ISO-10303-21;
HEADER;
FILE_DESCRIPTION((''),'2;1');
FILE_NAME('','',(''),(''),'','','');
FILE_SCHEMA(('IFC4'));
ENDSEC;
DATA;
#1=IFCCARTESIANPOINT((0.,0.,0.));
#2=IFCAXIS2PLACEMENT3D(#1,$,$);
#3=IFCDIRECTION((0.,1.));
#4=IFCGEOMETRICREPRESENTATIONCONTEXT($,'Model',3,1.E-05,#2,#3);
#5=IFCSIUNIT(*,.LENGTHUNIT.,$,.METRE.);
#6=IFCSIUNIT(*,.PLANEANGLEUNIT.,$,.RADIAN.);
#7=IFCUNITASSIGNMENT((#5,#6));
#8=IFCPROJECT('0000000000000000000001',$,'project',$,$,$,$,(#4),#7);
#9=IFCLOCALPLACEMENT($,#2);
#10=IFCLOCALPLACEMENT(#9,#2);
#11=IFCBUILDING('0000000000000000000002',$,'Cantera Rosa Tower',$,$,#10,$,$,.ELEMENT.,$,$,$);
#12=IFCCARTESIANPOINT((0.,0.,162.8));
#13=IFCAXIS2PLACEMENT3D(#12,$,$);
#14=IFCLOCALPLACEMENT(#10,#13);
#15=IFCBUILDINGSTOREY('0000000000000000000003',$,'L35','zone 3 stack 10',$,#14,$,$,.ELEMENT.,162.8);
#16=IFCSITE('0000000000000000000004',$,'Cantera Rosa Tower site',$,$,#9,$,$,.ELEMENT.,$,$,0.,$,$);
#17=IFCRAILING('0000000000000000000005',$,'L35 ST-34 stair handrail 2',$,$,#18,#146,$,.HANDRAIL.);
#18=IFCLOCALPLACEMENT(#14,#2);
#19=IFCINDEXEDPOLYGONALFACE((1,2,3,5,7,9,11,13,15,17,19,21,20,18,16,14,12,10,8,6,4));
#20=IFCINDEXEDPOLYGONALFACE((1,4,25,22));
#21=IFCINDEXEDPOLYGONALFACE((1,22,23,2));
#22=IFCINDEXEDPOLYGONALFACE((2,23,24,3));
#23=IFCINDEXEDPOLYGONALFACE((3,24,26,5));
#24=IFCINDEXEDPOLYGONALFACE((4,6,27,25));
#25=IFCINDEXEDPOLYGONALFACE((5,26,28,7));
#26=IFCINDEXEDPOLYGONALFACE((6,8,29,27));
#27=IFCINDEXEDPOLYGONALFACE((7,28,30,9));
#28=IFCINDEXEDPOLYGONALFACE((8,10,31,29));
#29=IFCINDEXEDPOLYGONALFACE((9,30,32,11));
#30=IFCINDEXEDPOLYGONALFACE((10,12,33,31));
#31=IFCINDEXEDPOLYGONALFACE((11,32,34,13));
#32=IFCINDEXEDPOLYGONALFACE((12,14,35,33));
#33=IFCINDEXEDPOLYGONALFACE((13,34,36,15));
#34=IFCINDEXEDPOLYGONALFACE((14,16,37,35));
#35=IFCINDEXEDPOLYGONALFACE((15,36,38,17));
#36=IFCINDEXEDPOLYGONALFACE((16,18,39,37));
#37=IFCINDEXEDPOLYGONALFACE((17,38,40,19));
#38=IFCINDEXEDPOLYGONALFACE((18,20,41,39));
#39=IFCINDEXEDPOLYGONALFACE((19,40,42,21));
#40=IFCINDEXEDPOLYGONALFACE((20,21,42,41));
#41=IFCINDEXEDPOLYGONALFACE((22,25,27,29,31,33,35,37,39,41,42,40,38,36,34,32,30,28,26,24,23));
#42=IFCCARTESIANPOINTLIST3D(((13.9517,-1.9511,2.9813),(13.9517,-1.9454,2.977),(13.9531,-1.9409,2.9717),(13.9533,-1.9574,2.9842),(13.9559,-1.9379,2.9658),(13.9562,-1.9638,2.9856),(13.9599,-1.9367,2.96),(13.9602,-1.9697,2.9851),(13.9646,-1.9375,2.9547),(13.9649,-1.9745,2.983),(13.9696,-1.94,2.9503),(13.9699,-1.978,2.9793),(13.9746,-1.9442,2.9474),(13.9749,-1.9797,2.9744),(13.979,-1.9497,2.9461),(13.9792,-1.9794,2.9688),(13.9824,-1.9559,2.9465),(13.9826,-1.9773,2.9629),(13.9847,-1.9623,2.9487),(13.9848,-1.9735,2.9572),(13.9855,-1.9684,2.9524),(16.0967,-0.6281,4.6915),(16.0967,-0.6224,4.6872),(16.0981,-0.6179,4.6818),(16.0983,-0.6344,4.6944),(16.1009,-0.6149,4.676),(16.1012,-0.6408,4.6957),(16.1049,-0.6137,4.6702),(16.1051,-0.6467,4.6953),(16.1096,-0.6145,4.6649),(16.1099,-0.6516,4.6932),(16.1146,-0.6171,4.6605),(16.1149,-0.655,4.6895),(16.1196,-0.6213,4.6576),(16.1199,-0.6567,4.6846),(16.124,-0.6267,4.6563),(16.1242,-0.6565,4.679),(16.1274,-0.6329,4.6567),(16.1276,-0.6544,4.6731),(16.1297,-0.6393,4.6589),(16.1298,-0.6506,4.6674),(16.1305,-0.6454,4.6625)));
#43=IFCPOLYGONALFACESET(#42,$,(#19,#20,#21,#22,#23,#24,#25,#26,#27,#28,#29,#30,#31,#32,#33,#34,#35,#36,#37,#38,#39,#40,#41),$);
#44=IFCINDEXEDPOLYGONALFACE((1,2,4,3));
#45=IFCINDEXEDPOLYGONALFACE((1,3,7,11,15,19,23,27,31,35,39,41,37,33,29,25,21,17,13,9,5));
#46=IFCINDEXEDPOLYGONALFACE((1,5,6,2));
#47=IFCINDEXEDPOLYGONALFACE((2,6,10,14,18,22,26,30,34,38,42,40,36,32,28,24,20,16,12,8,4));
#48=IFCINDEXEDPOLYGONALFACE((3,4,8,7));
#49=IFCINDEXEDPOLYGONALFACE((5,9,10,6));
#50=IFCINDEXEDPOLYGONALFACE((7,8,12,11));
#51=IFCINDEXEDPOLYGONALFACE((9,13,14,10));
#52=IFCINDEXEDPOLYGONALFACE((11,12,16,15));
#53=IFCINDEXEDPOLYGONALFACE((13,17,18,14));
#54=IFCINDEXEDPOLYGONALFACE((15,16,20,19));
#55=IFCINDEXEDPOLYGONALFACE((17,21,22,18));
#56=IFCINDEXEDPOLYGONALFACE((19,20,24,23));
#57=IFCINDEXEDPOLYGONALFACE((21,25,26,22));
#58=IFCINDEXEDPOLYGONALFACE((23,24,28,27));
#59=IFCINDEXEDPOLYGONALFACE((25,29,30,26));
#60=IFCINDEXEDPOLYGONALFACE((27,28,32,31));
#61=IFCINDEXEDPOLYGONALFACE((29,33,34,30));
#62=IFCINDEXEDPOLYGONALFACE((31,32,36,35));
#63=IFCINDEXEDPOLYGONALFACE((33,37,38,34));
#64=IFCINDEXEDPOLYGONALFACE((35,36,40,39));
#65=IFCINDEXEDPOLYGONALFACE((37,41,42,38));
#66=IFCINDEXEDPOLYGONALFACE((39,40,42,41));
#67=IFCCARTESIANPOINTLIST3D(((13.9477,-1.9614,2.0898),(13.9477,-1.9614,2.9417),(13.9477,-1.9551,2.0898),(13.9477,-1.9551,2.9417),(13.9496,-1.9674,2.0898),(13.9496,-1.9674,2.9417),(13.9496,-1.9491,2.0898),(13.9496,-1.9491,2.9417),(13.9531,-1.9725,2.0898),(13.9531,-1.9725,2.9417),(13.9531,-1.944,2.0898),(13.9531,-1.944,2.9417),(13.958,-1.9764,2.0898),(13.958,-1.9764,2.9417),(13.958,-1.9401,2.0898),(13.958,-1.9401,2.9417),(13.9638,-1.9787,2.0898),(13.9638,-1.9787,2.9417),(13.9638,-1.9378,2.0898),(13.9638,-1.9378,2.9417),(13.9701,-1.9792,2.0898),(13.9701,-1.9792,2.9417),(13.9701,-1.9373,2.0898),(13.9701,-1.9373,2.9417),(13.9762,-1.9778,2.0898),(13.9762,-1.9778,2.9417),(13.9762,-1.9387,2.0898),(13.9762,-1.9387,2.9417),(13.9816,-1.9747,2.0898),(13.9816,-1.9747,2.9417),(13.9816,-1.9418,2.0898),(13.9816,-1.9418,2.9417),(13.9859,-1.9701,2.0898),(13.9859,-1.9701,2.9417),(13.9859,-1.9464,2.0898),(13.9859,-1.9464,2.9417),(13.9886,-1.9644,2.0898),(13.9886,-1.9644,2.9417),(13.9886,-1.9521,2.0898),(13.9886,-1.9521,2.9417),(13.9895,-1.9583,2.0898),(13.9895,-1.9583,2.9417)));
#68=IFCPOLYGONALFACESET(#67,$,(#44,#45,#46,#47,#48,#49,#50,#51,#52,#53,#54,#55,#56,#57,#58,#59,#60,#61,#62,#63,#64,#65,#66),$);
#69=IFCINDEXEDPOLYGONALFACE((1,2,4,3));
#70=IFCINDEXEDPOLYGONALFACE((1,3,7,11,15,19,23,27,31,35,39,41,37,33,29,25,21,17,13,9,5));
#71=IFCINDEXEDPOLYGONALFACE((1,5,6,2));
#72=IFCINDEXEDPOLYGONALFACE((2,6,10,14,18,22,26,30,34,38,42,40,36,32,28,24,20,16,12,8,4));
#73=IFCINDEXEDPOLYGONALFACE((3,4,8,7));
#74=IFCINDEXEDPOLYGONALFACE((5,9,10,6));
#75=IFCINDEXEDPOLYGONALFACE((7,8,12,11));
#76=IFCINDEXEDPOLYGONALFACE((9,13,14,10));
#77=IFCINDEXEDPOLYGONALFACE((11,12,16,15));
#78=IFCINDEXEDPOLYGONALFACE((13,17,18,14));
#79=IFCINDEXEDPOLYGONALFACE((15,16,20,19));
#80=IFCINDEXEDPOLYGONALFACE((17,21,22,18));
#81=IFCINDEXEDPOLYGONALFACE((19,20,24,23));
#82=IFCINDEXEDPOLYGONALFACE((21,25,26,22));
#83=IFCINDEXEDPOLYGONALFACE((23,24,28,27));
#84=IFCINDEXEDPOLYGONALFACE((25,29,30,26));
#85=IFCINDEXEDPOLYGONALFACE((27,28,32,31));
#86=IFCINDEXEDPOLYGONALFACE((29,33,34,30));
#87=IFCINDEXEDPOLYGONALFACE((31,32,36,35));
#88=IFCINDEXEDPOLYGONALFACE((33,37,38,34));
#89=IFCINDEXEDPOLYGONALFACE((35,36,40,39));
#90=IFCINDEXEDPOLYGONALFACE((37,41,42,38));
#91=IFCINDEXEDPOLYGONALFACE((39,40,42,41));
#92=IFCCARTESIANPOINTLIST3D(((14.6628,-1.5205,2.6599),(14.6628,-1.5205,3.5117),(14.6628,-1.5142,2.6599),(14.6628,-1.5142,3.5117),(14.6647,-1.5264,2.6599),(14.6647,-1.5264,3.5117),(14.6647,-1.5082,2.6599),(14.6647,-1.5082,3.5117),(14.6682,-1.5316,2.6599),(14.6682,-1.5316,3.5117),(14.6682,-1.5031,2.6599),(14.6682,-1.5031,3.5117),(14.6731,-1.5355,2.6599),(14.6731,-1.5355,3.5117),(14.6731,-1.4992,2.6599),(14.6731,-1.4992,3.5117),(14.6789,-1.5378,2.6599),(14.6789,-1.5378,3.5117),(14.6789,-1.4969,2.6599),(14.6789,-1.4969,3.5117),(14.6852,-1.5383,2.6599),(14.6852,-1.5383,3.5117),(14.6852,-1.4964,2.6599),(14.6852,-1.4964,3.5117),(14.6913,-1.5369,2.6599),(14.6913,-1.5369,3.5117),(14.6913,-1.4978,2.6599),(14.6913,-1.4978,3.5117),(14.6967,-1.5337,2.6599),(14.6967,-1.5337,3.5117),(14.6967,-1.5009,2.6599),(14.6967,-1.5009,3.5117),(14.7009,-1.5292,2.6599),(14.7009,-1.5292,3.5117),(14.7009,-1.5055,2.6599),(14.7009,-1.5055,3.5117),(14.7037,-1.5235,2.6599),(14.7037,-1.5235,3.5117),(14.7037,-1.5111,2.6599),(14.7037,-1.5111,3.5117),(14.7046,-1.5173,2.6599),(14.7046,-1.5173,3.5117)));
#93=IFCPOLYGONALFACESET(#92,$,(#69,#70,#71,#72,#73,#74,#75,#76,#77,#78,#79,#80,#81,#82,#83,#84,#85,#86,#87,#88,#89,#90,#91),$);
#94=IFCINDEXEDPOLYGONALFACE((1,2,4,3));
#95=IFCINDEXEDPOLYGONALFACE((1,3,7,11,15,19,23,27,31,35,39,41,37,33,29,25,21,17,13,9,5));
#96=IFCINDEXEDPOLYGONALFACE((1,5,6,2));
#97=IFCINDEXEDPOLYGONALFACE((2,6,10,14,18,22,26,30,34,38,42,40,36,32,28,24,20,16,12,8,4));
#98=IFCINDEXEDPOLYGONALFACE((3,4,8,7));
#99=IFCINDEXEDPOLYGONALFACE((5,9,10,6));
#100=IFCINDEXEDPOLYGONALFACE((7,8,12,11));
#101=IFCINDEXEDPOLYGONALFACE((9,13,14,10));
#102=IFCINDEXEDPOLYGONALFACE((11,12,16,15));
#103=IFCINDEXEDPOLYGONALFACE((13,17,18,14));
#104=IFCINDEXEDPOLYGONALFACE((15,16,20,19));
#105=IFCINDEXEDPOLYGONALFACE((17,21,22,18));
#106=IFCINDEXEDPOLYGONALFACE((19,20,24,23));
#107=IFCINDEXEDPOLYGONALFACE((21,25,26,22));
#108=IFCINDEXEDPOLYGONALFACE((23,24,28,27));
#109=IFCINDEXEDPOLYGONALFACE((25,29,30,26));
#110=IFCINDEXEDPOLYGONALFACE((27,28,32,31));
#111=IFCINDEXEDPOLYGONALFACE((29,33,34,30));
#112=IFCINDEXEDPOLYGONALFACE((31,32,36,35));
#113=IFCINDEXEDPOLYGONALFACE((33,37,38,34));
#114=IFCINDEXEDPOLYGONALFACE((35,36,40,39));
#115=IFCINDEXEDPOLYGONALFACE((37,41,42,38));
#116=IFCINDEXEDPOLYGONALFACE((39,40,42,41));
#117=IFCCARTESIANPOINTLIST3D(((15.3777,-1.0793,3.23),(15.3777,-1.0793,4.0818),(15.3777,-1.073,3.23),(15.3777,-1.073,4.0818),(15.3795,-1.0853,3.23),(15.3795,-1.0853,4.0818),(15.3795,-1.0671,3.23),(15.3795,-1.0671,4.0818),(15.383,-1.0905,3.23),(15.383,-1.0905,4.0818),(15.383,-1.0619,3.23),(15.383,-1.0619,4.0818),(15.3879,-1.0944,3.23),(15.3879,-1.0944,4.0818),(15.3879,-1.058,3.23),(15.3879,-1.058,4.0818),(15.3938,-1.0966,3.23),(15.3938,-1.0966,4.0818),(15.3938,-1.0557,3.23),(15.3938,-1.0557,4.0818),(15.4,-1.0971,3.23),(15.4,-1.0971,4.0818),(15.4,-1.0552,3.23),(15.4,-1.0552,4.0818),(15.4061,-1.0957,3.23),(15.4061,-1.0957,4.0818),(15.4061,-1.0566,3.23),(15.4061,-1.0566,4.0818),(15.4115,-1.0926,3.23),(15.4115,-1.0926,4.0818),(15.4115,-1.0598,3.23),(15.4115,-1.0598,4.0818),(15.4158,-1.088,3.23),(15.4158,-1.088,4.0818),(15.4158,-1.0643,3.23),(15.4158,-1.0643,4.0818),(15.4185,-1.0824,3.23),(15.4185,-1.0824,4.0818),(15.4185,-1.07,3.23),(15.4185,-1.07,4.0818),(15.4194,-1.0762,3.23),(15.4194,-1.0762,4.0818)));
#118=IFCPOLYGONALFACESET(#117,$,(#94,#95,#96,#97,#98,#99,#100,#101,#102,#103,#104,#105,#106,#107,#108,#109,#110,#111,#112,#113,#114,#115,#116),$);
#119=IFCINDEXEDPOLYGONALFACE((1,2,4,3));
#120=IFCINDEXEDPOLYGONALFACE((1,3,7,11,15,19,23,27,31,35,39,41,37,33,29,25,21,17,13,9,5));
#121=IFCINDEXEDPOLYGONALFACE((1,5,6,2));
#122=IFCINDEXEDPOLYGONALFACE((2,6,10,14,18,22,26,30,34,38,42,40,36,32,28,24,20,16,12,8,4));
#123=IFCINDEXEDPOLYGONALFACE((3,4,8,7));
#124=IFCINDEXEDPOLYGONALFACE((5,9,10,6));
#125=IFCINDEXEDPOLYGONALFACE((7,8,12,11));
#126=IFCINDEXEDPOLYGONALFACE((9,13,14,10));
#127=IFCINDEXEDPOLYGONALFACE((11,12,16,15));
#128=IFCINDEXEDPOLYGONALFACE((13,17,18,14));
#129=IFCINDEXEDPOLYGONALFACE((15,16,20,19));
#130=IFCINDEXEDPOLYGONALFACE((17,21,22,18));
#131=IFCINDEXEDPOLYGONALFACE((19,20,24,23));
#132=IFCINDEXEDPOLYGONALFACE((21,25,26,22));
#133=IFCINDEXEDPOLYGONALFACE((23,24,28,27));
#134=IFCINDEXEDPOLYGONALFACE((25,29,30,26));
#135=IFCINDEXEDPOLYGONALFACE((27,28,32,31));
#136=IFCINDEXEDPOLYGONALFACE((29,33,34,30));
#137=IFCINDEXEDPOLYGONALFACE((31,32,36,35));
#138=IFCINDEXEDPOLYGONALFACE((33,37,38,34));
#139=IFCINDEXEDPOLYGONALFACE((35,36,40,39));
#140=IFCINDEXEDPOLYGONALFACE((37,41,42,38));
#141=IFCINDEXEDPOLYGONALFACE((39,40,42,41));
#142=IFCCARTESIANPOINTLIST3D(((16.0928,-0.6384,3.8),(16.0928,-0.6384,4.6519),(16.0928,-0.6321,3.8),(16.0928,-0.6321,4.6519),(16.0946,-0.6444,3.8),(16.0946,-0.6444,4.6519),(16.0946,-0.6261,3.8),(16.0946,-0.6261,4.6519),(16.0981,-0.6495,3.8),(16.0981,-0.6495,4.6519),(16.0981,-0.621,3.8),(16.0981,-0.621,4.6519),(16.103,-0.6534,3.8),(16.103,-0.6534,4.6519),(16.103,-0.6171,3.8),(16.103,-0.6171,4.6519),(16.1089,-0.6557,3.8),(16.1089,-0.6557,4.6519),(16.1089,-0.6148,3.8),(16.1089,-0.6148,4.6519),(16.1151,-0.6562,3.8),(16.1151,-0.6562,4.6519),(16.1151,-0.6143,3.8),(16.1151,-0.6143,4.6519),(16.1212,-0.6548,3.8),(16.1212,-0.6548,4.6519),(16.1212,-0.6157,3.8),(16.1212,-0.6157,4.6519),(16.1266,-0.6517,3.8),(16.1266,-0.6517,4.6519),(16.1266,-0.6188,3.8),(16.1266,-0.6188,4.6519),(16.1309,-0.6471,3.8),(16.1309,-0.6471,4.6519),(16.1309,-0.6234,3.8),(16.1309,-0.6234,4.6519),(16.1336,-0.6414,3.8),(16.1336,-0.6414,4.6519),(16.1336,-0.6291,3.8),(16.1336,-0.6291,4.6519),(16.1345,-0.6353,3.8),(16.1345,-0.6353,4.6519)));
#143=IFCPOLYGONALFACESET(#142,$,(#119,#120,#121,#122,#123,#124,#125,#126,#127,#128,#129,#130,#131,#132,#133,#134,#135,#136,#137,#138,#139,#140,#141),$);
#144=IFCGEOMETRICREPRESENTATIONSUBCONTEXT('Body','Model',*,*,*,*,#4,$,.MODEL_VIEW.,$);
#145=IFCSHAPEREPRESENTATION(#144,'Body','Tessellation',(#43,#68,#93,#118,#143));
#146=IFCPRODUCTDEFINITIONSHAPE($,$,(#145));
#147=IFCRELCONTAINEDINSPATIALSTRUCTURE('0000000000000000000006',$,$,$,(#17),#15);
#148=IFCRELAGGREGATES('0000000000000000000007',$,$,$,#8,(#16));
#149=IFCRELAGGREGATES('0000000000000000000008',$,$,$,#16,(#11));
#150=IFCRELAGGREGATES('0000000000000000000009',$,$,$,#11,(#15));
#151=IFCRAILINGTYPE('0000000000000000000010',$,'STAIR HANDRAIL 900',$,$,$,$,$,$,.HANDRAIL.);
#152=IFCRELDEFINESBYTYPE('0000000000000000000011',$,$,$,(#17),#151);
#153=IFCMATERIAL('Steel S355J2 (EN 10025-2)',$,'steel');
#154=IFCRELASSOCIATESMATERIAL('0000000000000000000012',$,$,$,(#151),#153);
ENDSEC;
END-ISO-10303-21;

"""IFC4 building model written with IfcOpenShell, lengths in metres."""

from ifc_helpers import new_model, si_unit, direction, frame, origin, origin_2d, place, context, subcontext, project, spatial, circle, extrude, material, type_object, element, save


model = new_model("IFC4")

# Units and contexts
model_context = context("Model", 3, precision=1e-05, world=origin(), true_north=direction((0.0, 1.0)))
body_context = subcontext(model_context, "Body", "Model", "MODEL_VIEW")
ifc_project = project(units=[si_unit("LENGTHUNIT", "METRE"), si_unit("PLANEANGLEUNIT", "RADIAN")], contexts=[model_context])

# Site, building, storey
site_placement = place(None, origin())
site = spatial("IfcSite", under=ifc_project, at=site_placement, Name="Cantera Rosa Tower site", CompositionType="ELEMENT", RefElevation=0.0)
building_placement = place(site_placement, origin())
building = spatial("IfcBuilding", under=site, at=building_placement, Name="Cantera Rosa Tower", CompositionType="ELEMENT")
storey_placement = place(building_placement, frame((0.0, 0.0, 162.8)))
storey = spatial("IfcBuildingStorey", under=building, at=storey_placement, Name="L35", Description="zone 3 stack 10", CompositionType="ELEMENT", Elevation=162.8)

# Railing
ifc_material_1 = material(Name="Steel S355J2 (EN 10025-2)", Category="steel")
railing_type_1 = type_object("IfcRailingType", Name="STAIR HANDRAIL 900", PredefinedType="HANDRAIL", material=ifc_material_1)
railing_1_placement = place(storey_placement, frame((13.9685, -1.9583, 2.0898)))
element("IfcRailing", 1, at=railing_1_placement, inside=storey, type_object=railing_type_1, Name="L35 ST-34 stair handrail 2", PredefinedType="HANDRAIL", context=body_context, shape_type="SweptSolid", body=[
    extrude(circle(Radius=0.0239, at=origin_2d()), frame((0.0, 0.0, 0.876), z_axis=(0.70428, 0.434384, 0.561516), x_axis=(-0.524957, 0.851129, 0.0)), (0.0, 0.0, 1.0), 3.0457),
    extrude(circle(Radius=0.021, at=origin_2d()), origin(), (0.0, 0.0, 1.0), 0.8518),
    extrude(circle(Radius=0.021, at=origin_2d()), frame((0.7151, 0.4409, 0.5701)), (0.0, 0.0, 1.0), 0.8518),
    extrude(circle(Radius=0.021, at=origin_2d()), frame((1.4299, 0.8821, 1.1401)), (0.0, 0.0, 1.0), 0.8518),
    extrude(circle(Radius=0.021, at=origin_2d()), frame((2.145, 1.323, 1.7102)), (0.0, 0.0, 1.0), 0.8518),
])

save(model, "model.ifc")
